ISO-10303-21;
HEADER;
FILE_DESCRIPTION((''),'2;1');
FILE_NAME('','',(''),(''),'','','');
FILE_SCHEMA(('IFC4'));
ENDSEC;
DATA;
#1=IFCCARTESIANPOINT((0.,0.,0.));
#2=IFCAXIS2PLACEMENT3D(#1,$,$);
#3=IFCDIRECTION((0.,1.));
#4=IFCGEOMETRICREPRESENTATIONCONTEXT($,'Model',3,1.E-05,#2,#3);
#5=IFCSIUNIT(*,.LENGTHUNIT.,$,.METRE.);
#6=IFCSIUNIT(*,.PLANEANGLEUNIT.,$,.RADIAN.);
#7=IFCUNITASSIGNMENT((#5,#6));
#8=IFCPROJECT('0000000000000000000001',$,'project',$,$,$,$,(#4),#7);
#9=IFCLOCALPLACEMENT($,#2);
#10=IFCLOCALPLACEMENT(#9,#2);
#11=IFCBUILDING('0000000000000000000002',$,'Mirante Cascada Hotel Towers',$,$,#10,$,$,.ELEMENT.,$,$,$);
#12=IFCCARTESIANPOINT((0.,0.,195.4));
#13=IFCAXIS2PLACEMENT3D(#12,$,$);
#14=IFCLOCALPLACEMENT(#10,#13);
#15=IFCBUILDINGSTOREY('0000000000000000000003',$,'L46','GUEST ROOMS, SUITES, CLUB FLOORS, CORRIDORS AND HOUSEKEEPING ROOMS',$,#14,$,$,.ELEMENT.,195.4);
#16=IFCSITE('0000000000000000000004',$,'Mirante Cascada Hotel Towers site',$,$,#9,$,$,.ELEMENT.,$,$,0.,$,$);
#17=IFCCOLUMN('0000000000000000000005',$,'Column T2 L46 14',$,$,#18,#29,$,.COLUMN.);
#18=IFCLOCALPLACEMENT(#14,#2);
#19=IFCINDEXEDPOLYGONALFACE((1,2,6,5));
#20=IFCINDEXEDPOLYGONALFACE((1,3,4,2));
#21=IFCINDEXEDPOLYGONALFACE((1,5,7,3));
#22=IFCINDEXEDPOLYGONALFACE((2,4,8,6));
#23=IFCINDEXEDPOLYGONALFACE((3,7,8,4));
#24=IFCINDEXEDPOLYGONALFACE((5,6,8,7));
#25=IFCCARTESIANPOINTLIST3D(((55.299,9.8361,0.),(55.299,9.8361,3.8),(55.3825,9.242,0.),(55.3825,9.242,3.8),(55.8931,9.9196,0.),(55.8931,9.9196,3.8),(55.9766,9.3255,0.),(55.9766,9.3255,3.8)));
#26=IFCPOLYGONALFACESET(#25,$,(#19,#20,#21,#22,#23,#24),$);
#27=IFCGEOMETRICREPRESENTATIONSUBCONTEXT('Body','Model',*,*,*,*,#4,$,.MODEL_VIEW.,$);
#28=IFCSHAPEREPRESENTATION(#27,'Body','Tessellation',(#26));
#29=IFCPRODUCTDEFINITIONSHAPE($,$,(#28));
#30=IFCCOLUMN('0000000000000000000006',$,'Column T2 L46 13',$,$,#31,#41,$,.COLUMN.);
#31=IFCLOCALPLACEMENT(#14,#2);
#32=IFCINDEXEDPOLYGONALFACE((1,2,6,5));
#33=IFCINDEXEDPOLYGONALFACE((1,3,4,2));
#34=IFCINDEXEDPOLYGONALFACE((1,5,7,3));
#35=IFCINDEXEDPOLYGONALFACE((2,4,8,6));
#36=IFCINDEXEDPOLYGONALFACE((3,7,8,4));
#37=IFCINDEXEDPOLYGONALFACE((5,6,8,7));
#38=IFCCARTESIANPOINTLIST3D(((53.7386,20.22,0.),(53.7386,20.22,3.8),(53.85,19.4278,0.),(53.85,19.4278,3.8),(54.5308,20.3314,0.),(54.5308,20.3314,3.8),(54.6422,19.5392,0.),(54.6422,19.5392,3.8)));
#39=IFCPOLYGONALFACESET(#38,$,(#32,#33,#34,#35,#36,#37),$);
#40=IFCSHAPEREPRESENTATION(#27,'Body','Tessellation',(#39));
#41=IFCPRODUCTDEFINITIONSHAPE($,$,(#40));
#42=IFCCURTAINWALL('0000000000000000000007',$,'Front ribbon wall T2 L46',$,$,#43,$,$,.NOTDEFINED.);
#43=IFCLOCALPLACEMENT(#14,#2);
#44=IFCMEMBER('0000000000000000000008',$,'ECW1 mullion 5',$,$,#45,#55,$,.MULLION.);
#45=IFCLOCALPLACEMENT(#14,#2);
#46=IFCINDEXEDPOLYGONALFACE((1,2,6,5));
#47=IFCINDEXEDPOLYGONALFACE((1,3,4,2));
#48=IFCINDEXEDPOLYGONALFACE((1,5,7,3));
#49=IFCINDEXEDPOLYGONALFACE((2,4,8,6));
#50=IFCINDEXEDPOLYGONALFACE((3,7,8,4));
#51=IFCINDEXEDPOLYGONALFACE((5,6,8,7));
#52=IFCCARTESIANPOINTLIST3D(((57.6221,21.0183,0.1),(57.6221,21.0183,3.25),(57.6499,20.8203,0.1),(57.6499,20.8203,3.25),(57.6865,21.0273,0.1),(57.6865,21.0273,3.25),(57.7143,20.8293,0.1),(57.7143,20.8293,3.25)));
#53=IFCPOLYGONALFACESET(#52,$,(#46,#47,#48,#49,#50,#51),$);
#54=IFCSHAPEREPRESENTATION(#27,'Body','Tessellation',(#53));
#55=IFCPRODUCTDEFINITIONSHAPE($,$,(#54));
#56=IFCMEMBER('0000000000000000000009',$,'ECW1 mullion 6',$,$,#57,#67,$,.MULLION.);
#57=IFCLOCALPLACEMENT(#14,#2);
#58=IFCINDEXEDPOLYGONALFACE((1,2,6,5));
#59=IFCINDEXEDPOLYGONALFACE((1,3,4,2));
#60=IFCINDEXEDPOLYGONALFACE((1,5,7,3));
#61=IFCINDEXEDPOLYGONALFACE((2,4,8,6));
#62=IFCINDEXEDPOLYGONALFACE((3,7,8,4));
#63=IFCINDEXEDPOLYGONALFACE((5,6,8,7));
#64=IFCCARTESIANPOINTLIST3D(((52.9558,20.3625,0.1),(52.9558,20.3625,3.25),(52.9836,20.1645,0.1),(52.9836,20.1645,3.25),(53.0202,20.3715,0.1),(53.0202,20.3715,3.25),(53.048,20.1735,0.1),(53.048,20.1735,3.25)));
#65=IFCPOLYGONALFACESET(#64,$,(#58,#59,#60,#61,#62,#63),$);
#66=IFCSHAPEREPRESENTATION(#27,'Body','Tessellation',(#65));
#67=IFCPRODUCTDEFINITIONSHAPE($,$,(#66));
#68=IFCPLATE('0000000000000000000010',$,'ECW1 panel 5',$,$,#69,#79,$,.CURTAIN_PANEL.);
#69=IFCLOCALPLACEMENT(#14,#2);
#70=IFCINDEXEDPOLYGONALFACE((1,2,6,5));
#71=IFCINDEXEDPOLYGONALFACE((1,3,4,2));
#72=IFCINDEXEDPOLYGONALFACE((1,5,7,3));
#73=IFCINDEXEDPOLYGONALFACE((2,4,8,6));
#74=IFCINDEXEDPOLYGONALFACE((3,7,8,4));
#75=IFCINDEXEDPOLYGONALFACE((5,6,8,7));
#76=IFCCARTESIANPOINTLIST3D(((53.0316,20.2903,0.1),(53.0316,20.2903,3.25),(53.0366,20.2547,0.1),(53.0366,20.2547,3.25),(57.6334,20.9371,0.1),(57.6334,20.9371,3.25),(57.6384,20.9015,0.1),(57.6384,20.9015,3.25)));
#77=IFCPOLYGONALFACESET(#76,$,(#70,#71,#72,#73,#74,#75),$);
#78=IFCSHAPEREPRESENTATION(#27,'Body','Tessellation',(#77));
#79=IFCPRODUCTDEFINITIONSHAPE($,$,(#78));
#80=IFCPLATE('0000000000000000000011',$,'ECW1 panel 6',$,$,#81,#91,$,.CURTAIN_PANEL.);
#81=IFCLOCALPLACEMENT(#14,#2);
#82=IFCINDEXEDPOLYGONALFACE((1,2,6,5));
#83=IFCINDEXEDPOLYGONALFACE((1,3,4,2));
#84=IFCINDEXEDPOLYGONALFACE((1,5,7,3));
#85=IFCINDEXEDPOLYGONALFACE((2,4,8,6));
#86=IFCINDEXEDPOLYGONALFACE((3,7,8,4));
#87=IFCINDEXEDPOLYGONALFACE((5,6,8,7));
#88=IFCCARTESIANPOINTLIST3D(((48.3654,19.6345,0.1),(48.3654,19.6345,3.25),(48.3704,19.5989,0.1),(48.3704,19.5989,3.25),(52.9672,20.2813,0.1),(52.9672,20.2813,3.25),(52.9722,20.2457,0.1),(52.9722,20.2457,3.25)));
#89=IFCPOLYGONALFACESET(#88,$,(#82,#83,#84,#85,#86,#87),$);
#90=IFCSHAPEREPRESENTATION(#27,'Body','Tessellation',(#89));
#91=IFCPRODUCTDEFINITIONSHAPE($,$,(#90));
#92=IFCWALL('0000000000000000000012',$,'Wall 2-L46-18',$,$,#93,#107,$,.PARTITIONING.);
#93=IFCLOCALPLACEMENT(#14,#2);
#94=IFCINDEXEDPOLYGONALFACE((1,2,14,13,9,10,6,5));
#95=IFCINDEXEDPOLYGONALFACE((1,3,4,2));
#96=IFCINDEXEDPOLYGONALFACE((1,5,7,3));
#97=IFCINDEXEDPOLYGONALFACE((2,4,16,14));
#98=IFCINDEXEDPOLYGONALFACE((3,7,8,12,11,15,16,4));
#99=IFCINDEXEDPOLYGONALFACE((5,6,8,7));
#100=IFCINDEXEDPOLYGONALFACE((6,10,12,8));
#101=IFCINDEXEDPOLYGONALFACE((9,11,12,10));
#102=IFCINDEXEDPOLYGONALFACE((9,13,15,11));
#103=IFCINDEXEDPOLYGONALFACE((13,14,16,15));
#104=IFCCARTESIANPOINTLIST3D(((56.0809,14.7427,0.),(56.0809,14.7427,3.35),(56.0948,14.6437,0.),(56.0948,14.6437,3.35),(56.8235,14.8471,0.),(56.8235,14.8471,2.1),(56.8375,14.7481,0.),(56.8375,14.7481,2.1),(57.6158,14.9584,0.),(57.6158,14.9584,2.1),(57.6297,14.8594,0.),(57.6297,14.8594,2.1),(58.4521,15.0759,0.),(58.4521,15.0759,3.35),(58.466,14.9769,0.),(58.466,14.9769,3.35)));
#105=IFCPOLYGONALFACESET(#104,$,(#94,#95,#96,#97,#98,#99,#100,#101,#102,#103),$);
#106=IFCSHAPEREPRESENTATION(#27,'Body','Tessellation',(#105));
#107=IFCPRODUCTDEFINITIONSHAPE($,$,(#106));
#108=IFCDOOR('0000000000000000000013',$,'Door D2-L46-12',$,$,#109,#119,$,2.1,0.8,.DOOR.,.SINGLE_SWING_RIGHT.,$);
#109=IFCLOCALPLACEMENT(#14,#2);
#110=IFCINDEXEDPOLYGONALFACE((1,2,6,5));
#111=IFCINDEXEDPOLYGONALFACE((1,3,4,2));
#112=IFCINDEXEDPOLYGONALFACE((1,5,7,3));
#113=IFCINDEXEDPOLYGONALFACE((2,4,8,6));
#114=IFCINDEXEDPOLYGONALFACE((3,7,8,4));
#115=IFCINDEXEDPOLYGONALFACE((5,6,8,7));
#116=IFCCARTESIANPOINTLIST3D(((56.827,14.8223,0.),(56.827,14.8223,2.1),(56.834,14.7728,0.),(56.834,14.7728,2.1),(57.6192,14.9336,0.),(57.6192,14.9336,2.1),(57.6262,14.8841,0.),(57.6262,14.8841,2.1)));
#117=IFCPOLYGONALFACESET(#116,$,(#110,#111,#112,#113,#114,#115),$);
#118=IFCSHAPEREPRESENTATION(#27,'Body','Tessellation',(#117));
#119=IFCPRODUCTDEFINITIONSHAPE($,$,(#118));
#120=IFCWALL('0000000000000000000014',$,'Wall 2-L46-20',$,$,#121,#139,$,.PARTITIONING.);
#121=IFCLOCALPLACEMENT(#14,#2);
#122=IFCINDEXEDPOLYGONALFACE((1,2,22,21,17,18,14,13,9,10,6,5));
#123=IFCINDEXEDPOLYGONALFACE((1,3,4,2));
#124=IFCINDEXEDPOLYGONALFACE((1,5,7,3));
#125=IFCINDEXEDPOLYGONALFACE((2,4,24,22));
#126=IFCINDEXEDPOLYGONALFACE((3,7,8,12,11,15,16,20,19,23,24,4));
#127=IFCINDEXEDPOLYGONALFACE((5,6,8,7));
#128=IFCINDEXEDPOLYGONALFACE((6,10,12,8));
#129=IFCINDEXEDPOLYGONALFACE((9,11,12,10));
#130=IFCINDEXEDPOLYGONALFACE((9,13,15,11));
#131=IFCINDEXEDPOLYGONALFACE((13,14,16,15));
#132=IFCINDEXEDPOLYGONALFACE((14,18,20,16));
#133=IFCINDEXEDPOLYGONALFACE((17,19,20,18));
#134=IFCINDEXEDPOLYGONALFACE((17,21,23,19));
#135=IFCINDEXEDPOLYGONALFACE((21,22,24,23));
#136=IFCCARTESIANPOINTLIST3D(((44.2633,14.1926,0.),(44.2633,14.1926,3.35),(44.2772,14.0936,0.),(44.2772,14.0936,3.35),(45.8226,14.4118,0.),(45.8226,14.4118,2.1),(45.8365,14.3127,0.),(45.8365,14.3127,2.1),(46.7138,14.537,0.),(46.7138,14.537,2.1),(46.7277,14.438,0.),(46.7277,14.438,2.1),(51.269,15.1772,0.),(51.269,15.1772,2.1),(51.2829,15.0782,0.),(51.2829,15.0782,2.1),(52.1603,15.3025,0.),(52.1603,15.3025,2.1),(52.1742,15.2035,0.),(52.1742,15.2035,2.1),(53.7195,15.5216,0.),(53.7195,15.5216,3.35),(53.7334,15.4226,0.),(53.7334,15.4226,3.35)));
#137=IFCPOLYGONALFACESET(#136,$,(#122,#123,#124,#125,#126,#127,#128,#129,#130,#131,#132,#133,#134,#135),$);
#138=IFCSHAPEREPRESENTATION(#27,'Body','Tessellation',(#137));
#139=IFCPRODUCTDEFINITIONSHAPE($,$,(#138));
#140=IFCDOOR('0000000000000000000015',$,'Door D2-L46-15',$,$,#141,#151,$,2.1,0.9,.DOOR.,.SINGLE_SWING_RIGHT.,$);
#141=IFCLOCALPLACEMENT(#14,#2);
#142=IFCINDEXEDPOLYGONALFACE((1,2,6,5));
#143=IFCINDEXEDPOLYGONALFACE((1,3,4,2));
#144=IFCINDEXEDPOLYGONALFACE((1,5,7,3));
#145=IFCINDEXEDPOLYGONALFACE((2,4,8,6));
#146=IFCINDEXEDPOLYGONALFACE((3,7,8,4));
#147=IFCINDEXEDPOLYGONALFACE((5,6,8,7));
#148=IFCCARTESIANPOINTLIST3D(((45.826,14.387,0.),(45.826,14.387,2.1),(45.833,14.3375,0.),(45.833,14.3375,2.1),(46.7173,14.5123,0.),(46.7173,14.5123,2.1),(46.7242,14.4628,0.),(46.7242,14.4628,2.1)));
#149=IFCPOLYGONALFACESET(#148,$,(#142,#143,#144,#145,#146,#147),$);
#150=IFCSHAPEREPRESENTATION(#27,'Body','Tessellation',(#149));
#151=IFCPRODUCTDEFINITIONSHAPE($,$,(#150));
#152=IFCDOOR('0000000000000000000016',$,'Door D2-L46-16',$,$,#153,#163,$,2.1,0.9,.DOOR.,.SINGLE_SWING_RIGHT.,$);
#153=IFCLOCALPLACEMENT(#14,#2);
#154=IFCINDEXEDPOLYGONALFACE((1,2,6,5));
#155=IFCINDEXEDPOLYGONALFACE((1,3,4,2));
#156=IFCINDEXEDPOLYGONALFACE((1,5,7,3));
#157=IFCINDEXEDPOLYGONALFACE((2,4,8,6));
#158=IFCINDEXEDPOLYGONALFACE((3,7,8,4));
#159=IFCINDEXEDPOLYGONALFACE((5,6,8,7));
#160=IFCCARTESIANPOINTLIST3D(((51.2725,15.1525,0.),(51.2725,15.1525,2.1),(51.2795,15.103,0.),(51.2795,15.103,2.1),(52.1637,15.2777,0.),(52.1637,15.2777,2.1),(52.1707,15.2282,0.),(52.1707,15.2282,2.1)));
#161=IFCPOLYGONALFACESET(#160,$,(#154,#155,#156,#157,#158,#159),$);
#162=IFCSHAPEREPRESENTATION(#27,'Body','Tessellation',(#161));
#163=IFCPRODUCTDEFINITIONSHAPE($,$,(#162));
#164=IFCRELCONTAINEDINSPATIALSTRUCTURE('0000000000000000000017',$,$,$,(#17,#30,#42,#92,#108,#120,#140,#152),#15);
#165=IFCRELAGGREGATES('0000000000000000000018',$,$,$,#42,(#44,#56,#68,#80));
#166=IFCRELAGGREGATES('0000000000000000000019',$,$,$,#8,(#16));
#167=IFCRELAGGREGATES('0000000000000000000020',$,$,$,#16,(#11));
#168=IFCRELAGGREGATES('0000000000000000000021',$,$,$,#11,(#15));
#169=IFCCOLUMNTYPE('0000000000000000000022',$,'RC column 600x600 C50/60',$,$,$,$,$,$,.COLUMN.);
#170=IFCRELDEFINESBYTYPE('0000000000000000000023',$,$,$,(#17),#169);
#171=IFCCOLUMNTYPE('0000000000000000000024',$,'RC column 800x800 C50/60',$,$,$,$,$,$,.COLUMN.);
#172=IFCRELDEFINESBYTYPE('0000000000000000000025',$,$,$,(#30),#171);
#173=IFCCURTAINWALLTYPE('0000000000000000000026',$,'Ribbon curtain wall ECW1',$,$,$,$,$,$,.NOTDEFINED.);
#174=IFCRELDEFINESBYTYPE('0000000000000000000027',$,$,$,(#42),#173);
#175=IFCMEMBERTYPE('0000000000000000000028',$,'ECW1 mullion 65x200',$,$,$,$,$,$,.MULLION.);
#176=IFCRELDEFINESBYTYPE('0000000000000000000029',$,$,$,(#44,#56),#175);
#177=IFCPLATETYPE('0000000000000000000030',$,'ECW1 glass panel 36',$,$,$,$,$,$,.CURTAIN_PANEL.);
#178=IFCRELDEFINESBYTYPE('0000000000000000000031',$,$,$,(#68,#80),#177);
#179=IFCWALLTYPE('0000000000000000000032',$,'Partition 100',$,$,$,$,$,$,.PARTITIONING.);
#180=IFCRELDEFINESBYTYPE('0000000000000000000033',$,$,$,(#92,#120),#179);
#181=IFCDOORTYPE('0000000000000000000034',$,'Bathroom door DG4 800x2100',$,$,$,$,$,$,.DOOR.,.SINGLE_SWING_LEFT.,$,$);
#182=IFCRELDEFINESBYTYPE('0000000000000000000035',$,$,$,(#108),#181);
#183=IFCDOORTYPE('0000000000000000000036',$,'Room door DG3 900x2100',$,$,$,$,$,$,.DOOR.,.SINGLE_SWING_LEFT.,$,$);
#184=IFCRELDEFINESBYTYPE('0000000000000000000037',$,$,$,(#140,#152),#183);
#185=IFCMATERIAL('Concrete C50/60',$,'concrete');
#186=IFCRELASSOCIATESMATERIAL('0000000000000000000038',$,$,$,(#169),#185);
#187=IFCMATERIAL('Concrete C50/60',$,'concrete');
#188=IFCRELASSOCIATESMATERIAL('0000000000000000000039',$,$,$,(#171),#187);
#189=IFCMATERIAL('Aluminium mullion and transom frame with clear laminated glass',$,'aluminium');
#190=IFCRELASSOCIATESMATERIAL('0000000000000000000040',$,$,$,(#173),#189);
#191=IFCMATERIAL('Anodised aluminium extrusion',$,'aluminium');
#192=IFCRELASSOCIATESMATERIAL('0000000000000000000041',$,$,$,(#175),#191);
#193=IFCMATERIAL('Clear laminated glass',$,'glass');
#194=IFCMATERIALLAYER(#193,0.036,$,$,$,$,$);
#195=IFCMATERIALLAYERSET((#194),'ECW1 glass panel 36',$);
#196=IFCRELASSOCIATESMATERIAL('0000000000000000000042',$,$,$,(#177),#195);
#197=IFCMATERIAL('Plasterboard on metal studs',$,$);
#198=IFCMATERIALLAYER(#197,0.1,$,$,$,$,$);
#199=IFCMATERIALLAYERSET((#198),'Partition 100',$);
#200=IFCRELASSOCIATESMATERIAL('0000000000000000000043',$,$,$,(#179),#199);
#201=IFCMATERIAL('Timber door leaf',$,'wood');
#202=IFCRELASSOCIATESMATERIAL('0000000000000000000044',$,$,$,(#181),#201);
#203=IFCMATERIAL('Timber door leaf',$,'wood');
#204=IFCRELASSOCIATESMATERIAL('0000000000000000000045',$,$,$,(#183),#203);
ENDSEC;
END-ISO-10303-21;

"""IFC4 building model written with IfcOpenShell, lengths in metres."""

from ifc_helpers import new_model, si_unit, direction, frame, frame_2d, origin, origin_2d, place, context, subcontext, project, spatial, rectangle, extrude, material, layer, layer_set, material_profile, profile_set, type_object, element, fill, aggregate, save


model = new_model("IFC4")

# Units and contexts
model_context = context("Model", 3, precision=1e-05, world=origin(), true_north=direction((0.0, 1.0)))
body_context = subcontext(model_context, "Body", "Model", "MODEL_VIEW")
ifc_project = project(units=[si_unit("LENGTHUNIT", "METRE"), si_unit("PLANEANGLEUNIT", "RADIAN")], contexts=[model_context])

# Site, building, storey
site_placement = place(None, origin())
site = spatial("IfcSite", under=ifc_project, at=site_placement, Name="Mirante Cascada Hotel Towers site", CompositionType="ELEMENT", RefElevation=0.0)
building_placement = place(site_placement, origin())
building = spatial("IfcBuilding", under=site, at=building_placement, Name="Mirante Cascada Hotel Towers", CompositionType="ELEMENT")
storey_placement = place(building_placement, frame((0.0, 0.0, 195.4)))
storey = spatial("IfcBuildingStorey", under=building, at=storey_placement, Name="L46", Description="GUEST ROOMS, SUITES, CLUB FLOORS, CORRIDORS AND HOUSEKEEPING ROOMS", CompositionType="ELEMENT", Elevation=195.4)

# Columns
ifc_material_1 = material(Name="Concrete C50/60", Category="concrete")
ifc_material_profile_1 = material_profile(ifc_material_1, rectangle(XDim=0.6, YDim=0.6, at=origin_2d()), Name="RC column 600x600 C50/60")
ifc_profile_set_1 = profile_set([ifc_material_profile_1], Name="Concrete C50/60")
column_type_1 = type_object("IfcColumnType", Name="RC column 600x600 C50/60", PredefinedType="COLUMN", material=ifc_profile_set_1)
column_1_placement = place(storey_placement, frame((55.6378, 9.5808, 0.0), z_axis=(0.0, 0.0, 1.0), x_axis=(0.990268, 0.139173, 0.0)))
element("IfcColumn", 1, at=column_1_placement, inside=storey, type_object=column_type_1, Name="Column T2 L46 14", PredefinedType="COLUMN", context=body_context, shape_type="SweptSolid", body=[
    extrude(rectangle(XDim=0.6, YDim=0.6, at=origin_2d()), origin(), (0.0, 0.0, 1.0), 3.8),
])
ifc_material_2 = material(Name="Concrete C50/60", Category="concrete")
ifc_material_profile_2 = material_profile(ifc_material_2, rectangle(XDim=0.8, YDim=0.8, at=origin_2d()), Name="RC column 800x800 C50/60")
ifc_profile_set_2 = profile_set([ifc_material_profile_2], Name="Concrete C50/60")
column_type_2 = type_object("IfcColumnType", Name="RC column 800x800 C50/60", PredefinedType="COLUMN", material=ifc_profile_set_2)
column_2_placement = place(storey_placement, frame((54.1904, 19.8796, 0.0), z_axis=(0.0, 0.0, 1.0), x_axis=(0.990268, 0.139173, 0.0)))
element("IfcColumn", 2, at=column_2_placement, inside=storey, type_object=column_type_2, Name="Column T2 L46 13", PredefinedType="COLUMN", context=body_context, shape_type="SweptSolid", body=[
    extrude(rectangle(XDim=0.8, YDim=0.8, at=origin_2d()), origin(), (0.0, 0.0, 1.0), 3.8),
])

# Curtain wall, members, plates
ifc_material_3 = material(Name="Aluminium mullion and transom frame with clear laminated glass", Category="aluminium")
curtain_wall_type = type_object("IfcCurtainWallType", Name="Ribbon curtain wall ECW1", PredefinedType="NOTDEFINED", material=ifc_material_3)
curtain_wall_placement = place(storey_placement, origin())
curtain_wall = element("IfcCurtainWall", 3, at=curtain_wall_placement, inside=storey, type_object=curtain_wall_type, Name="Front ribbon wall T2 L46", PredefinedType="NOTDEFINED")
ifc_material_4 = material(Name="Anodised aluminium extrusion", Category="aluminium")
ifc_material_profile_3 = material_profile(ifc_material_4, rectangle(XDim=0.2, YDim=0.065, at=origin_2d()), Name="ECW1 MULLION 65x200")
ifc_profile_set_3 = profile_set([ifc_material_profile_3], Name="Anodised aluminium extrusion")
member_type = type_object("IfcMemberType", Name="ECW1 mullion 65x200", PredefinedType="MULLION", material=ifc_profile_set_3)
member_1_placement = place(storey_placement, frame((57.6682, 20.9238, 0.1), z_axis=(0.0, 0.0, 1.0), x_axis=(0.139173, -0.990268, 0.0)))
member_1 = element("IfcMember", 4, at=member_1_placement, type_object=member_type, Name="ECW1 mullion 5", PredefinedType="MULLION", context=body_context, shape_type="SweptSolid", body=[
    extrude(rectangle(XDim=0.2, YDim=0.065, at=origin_2d()), origin(), (0.0, 0.0, 1.0), 3.15),
])
member_2_placement = place(storey_placement, frame((53.0019, 20.268, 0.1), z_axis=(0.0, 0.0, 1.0), x_axis=(0.139173, -0.990268, 0.0)))
member_2 = element("IfcMember", 5, at=member_2_placement, type_object=member_type, Name="ECW1 mullion 6", PredefinedType="MULLION", context=body_context, shape_type="SweptSolid", body=[
    extrude(rectangle(XDim=0.2, YDim=0.065, at=origin_2d()), origin(), (0.0, 0.0, 1.0), 3.15),
])
ifc_material_5 = material(Name="Clear laminated glass", Category="glass")
ifc_layer_1 = layer(ifc_material_5, 0.036)
ifc_layer_set_1 = layer_set([ifc_layer_1], Name="ECW1 glass panel 36")
plate_type = type_object("IfcPlateType", Name="ECW1 glass panel 36", PredefinedType="CURTAIN_PANEL", material=ifc_layer_set_1)
plate_1_placement = place(storey_placement, frame((55.335, 20.5959, 0.1), z_axis=(0.0, 0.0, 1.0), x_axis=(-0.990268, -0.139173, 0.0)))
plate_1 = element("IfcPlate", 6, at=plate_1_placement, type_object=plate_type, Name="ECW1 panel 5", PredefinedType="CURTAIN_PANEL", context=body_context, shape_type="SweptSolid", body=[
    extrude(rectangle(XDim=4.6471, YDim=0.036, at=origin_2d()), origin(), (0.0, 0.0, 1.0), 3.15),
])
plate_2_placement = place(storey_placement, frame((50.6688, 19.9401, 0.1), z_axis=(0.0, 0.0, 1.0), x_axis=(-0.990268, -0.139173, 0.0)))
plate_2 = element("IfcPlate", 7, at=plate_2_placement, type_object=plate_type, Name="ECW1 panel 6", PredefinedType="CURTAIN_PANEL", context=body_context, shape_type="SweptSolid", body=[
    extrude(rectangle(XDim=4.6471, YDim=0.036, at=origin_2d()), origin(), (0.0, 0.0, 1.0), 3.15),
])
aggregate(curtain_wall, [member_1, member_2, plate_1, plate_2])

# Wall, opening, door
ifc_material_6 = material(Name="Plasterboard on metal studs")
ifc_layer_2 = layer(ifc_material_6, 0.1)
ifc_layer_set_2 = layer_set([ifc_layer_2], Name="Partition 100")
wall_type = type_object("IfcWallType", Name="Partition 100", PredefinedType="PARTITIONING", material=ifc_layer_set_2)
wall_1_placement = place(storey_placement, frame((58.459, 15.0264, 0.0), z_axis=(0.0, 0.0, 1.0), x_axis=(-0.990271, -0.139152, 0.0)))
wall_1 = element("IfcWall", 8, at=wall_1_placement, inside=storey, type_object=wall_type, Name="Wall 2-L46-18", PredefinedType="PARTITIONING", context=body_context, shape_type="SweptSolid", body=[
    extrude(rectangle(XDim=2.3945, YDim=0.1, at=frame_2d((1.1972, 0.0))), origin(), (0.0, 0.0, 1.0), 3.35),
])
opening_1_placement = place(wall_1_placement, frame((0.8445, 0.0, 0.0)))
opening_1 = element("IfcOpeningElement", 9, at=opening_1_placement, cuts=wall_1, PredefinedType="OPENING", context=body_context, shape_type="SweptSolid", body=[
    extrude(rectangle(XDim=0.8, YDim=2.1, at=frame_2d((0.4, 1.05))), frame((0.0, 0.05, 0.0), z_axis=(0.0, -1.0, 0.0), x_axis=(1.0, 0.0, 0.0)), (0.0, 0.0, 1.0), 0.1),
])
ifc_material_7 = material(Name="Timber door leaf", Category="wood")
door_type_1 = type_object("IfcDoorType", Name="Bathroom door DG4 800x2100", OperationType="SINGLE_SWING_LEFT", PredefinedType="DOOR", material=ifc_material_7)
door_1_placement = place(opening_1_placement, frame((0.8, 0.0, 0.0), z_axis=(0.0, 0.0, 1.0), x_axis=(-1.0, 0.0, 0.0)))
door_1 = element("IfcDoor", 10, at=door_1_placement, inside=storey, type_object=door_type_1, Name="Door D2-L46-12", OperationType="SINGLE_SWING_RIGHT", OverallHeight=2.1, OverallWidth=0.8, PredefinedType="DOOR", context=body_context, shape_type="SweptSolid", body=[
    extrude(rectangle(XDim=0.8, YDim=2.1, at=frame_2d((0.4, 1.05))), frame((0.0, 0.025, 0.0), z_axis=(0.0, -1.0, 0.0), x_axis=(1.0, 0.0, 0.0)), (0.0, 0.0, 1.0), 0.05),
])
fill(opening_1, door_1)

# Wall, openings, doors
wall_2_placement = place(storey_placement, frame((53.7264, 15.4721, 0.0), z_axis=(0.0, 0.0, 1.0), x_axis=(-0.990268, -0.139175, 0.0)))
wall_2 = element("IfcWall", 11, at=wall_2_placement, inside=storey, type_object=wall_type, Name="Wall 2-L46-20", PredefinedType="PARTITIONING", context=body_context, shape_type="SweptSolid", body=[
    extrude(rectangle(XDim=9.5491, YDim=0.1, at=frame_2d((4.7745, 0.0))), origin(), (0.0, 0.0, 1.0), 3.35),
])
opening_2_placement = place(wall_2_placement, frame((7.0745, 0.0, 0.0)))
opening_2 = element("IfcOpeningElement", 12, at=opening_2_placement, cuts=wall_2, PredefinedType="OPENING", context=body_context, shape_type="SweptSolid", body=[
    extrude(rectangle(XDim=0.9, YDim=2.1, at=frame_2d((0.45, 1.05))), frame((0.0, 0.05, 0.0), z_axis=(0.0, -1.0, 0.0), x_axis=(1.0, 0.0, 0.0)), (0.0, 0.0, 1.0), 0.1),
])
opening_3_placement = place(wall_2_placement, frame((1.5745, 0.0, 0.0)))
opening_3 = element("IfcOpeningElement", 13, at=opening_3_placement, cuts=wall_2, PredefinedType="OPENING", context=body_context, shape_type="SweptSolid", body=[
    extrude(rectangle(XDim=0.9, YDim=2.1, at=frame_2d((0.45, 1.05))), frame((0.0, 0.05, 0.0), z_axis=(0.0, -1.0, 0.0), x_axis=(1.0, 0.0, 0.0)), (0.0, 0.0, 1.0), 0.1),
])
ifc_material_8 = material(Name="Timber door leaf", Category="wood")
door_type_2 = type_object("IfcDoorType", Name="Room door DG3 900x2100", OperationType="SINGLE_SWING_LEFT", PredefinedType="DOOR", material=ifc_material_8)
door_2_placement = place(opening_2_placement, frame((0.9, 0.0, 0.0), z_axis=(0.0, 0.0, 1.0), x_axis=(-1.0, 0.0, 0.0)))
door_2 = element("IfcDoor", 14, at=door_2_placement, inside=storey, type_object=door_type_2, Name="Door D2-L46-15", OperationType="SINGLE_SWING_RIGHT", OverallHeight=2.1, OverallWidth=0.9, PredefinedType="DOOR", context=body_context, shape_type="SweptSolid", body=[
    extrude(rectangle(XDim=0.9, YDim=2.1, at=frame_2d((0.45, 1.05))), frame((0.0, 0.025, 0.0), z_axis=(0.0, -1.0, 0.0), x_axis=(1.0, 0.0, 0.0)), (0.0, 0.0, 1.0), 0.05),
])
fill(opening_2, door_2)
door_3_placement = place(opening_3_placement, frame((0.9, 0.0, 0.0), z_axis=(0.0, 0.0, 1.0), x_axis=(-1.0, 0.0, 0.0)))
door_3 = element("IfcDoor", 15, at=door_3_placement, inside=storey, type_object=door_type_2, Name="Door D2-L46-16", OperationType="SINGLE_SWING_RIGHT", OverallHeight=2.1, OverallWidth=0.9, PredefinedType="DOOR", context=body_context, shape_type="SweptSolid", body=[
    extrude(rectangle(XDim=0.9, YDim=2.1, at=frame_2d((0.45, 1.05))), frame((0.0, 0.025, 0.0), z_axis=(0.0, -1.0, 0.0), x_axis=(1.0, 0.0, 0.0)), (0.0, 0.0, 1.0), 0.05),
])
fill(opening_3, door_3)

save(model, "model.ifc")
